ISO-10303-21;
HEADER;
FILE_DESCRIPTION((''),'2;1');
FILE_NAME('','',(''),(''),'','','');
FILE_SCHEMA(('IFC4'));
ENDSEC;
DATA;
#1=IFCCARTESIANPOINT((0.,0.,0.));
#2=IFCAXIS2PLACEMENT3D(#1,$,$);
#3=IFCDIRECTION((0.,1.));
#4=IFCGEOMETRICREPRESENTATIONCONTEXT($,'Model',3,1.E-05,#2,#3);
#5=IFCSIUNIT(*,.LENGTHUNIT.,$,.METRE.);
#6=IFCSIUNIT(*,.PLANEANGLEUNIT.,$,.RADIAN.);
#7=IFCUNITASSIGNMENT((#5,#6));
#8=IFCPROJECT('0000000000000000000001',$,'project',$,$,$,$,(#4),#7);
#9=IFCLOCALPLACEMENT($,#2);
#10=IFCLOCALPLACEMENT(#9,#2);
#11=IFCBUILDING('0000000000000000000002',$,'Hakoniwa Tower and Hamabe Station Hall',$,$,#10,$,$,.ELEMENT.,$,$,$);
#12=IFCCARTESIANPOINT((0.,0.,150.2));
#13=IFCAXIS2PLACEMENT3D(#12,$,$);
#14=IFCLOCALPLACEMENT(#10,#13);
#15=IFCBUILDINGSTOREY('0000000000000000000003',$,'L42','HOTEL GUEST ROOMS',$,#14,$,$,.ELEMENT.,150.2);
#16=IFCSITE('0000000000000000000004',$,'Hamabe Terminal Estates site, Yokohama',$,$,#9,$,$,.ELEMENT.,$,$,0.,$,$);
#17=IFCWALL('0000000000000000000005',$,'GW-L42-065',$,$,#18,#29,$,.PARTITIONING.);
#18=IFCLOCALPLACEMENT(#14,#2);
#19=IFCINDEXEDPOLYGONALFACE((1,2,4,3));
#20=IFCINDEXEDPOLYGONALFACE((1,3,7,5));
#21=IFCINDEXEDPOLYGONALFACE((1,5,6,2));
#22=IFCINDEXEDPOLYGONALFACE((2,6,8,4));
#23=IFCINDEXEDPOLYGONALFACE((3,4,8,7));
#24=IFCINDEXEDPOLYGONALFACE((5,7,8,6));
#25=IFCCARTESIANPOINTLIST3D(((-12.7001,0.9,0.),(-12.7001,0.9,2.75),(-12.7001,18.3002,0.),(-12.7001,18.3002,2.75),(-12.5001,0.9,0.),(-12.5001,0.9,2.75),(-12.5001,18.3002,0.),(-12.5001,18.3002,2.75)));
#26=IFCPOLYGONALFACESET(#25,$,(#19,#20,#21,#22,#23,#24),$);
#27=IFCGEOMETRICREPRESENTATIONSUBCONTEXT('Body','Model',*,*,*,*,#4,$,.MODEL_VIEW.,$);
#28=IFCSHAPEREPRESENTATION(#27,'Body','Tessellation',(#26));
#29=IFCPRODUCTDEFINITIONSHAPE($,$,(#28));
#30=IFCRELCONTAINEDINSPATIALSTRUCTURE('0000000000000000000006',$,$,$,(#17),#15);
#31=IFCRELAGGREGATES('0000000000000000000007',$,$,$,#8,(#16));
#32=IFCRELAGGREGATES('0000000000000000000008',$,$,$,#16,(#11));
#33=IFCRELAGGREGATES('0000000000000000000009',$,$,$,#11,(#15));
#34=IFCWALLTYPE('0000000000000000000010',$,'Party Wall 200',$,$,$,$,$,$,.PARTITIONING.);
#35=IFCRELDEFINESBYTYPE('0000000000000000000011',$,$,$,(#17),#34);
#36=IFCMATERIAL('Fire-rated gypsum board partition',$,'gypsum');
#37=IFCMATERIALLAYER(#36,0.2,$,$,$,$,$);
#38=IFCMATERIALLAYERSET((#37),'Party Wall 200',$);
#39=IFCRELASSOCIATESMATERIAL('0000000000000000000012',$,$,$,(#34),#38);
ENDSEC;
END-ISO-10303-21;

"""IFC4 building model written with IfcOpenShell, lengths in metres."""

from ifc_helpers import new_model, si_unit, direction, frame, frame_2d, origin, place, context, subcontext, project, spatial, rectangle, extrude, material, layer, layer_set, type_object, element, save


model = new_model("IFC4")

# Units and contexts
model_context = context("Model", 3, precision=1e-05, world=origin(), true_north=direction((0.0, 1.0)))
body_context = subcontext(model_context, "Body", "Model", "MODEL_VIEW")
ifc_project = project(units=[si_unit("LENGTHUNIT", "METRE"), si_unit("PLANEANGLEUNIT", "RADIAN")], contexts=[model_context])

# Site, building, storey
site_placement = place(None, origin())
site = spatial("IfcSite", under=ifc_project, at=site_placement, Name="Hamabe Terminal Estates site, Yokohama", CompositionType="ELEMENT", RefElevation=0.0)
building_placement = place(site_placement, origin())
building = spatial("IfcBuilding", under=site, at=building_placement, Name="Hakoniwa Tower and Hamabe Station Hall", CompositionType="ELEMENT")
storey_placement = place(building_placement, frame((0.0, 0.0, 150.2)))
storey = spatial("IfcBuildingStorey", under=building, at=storey_placement, Name="L42", Description="HOTEL GUEST ROOMS", CompositionType="ELEMENT", Elevation=150.2)

# Wall
ifc_material_1 = material(Name="Fire-rated gypsum board partition", Category="gypsum")
ifc_layer_1 = layer(ifc_material_1, 0.2)
ifc_layer_set_1 = layer_set([ifc_layer_1], Name="Party Wall 200")
wall_type_1 = type_object("IfcWallType", Name="Party Wall 200", PredefinedType="PARTITIONING", material=ifc_layer_set_1)
wall_1_placement = place(storey_placement, frame((-12.6001, 0.8999, 0.0), z_axis=(0.0, 0.0, 1.0), x_axis=(0.0, 1.0, 0.0)))
element("IfcWall", 1, at=wall_1_placement, inside=storey, type_object=wall_type_1, Name="GW-L42-065", PredefinedType="PARTITIONING", context=body_context, shape_type="SweptSolid", body=[
    extrude(rectangle(XDim=17.4001, YDim=0.2, at=frame_2d((8.7002, 0.0))), origin(), (0.0, 0.0, 1.0), 2.75),
])

save(model, "model.ifc")
